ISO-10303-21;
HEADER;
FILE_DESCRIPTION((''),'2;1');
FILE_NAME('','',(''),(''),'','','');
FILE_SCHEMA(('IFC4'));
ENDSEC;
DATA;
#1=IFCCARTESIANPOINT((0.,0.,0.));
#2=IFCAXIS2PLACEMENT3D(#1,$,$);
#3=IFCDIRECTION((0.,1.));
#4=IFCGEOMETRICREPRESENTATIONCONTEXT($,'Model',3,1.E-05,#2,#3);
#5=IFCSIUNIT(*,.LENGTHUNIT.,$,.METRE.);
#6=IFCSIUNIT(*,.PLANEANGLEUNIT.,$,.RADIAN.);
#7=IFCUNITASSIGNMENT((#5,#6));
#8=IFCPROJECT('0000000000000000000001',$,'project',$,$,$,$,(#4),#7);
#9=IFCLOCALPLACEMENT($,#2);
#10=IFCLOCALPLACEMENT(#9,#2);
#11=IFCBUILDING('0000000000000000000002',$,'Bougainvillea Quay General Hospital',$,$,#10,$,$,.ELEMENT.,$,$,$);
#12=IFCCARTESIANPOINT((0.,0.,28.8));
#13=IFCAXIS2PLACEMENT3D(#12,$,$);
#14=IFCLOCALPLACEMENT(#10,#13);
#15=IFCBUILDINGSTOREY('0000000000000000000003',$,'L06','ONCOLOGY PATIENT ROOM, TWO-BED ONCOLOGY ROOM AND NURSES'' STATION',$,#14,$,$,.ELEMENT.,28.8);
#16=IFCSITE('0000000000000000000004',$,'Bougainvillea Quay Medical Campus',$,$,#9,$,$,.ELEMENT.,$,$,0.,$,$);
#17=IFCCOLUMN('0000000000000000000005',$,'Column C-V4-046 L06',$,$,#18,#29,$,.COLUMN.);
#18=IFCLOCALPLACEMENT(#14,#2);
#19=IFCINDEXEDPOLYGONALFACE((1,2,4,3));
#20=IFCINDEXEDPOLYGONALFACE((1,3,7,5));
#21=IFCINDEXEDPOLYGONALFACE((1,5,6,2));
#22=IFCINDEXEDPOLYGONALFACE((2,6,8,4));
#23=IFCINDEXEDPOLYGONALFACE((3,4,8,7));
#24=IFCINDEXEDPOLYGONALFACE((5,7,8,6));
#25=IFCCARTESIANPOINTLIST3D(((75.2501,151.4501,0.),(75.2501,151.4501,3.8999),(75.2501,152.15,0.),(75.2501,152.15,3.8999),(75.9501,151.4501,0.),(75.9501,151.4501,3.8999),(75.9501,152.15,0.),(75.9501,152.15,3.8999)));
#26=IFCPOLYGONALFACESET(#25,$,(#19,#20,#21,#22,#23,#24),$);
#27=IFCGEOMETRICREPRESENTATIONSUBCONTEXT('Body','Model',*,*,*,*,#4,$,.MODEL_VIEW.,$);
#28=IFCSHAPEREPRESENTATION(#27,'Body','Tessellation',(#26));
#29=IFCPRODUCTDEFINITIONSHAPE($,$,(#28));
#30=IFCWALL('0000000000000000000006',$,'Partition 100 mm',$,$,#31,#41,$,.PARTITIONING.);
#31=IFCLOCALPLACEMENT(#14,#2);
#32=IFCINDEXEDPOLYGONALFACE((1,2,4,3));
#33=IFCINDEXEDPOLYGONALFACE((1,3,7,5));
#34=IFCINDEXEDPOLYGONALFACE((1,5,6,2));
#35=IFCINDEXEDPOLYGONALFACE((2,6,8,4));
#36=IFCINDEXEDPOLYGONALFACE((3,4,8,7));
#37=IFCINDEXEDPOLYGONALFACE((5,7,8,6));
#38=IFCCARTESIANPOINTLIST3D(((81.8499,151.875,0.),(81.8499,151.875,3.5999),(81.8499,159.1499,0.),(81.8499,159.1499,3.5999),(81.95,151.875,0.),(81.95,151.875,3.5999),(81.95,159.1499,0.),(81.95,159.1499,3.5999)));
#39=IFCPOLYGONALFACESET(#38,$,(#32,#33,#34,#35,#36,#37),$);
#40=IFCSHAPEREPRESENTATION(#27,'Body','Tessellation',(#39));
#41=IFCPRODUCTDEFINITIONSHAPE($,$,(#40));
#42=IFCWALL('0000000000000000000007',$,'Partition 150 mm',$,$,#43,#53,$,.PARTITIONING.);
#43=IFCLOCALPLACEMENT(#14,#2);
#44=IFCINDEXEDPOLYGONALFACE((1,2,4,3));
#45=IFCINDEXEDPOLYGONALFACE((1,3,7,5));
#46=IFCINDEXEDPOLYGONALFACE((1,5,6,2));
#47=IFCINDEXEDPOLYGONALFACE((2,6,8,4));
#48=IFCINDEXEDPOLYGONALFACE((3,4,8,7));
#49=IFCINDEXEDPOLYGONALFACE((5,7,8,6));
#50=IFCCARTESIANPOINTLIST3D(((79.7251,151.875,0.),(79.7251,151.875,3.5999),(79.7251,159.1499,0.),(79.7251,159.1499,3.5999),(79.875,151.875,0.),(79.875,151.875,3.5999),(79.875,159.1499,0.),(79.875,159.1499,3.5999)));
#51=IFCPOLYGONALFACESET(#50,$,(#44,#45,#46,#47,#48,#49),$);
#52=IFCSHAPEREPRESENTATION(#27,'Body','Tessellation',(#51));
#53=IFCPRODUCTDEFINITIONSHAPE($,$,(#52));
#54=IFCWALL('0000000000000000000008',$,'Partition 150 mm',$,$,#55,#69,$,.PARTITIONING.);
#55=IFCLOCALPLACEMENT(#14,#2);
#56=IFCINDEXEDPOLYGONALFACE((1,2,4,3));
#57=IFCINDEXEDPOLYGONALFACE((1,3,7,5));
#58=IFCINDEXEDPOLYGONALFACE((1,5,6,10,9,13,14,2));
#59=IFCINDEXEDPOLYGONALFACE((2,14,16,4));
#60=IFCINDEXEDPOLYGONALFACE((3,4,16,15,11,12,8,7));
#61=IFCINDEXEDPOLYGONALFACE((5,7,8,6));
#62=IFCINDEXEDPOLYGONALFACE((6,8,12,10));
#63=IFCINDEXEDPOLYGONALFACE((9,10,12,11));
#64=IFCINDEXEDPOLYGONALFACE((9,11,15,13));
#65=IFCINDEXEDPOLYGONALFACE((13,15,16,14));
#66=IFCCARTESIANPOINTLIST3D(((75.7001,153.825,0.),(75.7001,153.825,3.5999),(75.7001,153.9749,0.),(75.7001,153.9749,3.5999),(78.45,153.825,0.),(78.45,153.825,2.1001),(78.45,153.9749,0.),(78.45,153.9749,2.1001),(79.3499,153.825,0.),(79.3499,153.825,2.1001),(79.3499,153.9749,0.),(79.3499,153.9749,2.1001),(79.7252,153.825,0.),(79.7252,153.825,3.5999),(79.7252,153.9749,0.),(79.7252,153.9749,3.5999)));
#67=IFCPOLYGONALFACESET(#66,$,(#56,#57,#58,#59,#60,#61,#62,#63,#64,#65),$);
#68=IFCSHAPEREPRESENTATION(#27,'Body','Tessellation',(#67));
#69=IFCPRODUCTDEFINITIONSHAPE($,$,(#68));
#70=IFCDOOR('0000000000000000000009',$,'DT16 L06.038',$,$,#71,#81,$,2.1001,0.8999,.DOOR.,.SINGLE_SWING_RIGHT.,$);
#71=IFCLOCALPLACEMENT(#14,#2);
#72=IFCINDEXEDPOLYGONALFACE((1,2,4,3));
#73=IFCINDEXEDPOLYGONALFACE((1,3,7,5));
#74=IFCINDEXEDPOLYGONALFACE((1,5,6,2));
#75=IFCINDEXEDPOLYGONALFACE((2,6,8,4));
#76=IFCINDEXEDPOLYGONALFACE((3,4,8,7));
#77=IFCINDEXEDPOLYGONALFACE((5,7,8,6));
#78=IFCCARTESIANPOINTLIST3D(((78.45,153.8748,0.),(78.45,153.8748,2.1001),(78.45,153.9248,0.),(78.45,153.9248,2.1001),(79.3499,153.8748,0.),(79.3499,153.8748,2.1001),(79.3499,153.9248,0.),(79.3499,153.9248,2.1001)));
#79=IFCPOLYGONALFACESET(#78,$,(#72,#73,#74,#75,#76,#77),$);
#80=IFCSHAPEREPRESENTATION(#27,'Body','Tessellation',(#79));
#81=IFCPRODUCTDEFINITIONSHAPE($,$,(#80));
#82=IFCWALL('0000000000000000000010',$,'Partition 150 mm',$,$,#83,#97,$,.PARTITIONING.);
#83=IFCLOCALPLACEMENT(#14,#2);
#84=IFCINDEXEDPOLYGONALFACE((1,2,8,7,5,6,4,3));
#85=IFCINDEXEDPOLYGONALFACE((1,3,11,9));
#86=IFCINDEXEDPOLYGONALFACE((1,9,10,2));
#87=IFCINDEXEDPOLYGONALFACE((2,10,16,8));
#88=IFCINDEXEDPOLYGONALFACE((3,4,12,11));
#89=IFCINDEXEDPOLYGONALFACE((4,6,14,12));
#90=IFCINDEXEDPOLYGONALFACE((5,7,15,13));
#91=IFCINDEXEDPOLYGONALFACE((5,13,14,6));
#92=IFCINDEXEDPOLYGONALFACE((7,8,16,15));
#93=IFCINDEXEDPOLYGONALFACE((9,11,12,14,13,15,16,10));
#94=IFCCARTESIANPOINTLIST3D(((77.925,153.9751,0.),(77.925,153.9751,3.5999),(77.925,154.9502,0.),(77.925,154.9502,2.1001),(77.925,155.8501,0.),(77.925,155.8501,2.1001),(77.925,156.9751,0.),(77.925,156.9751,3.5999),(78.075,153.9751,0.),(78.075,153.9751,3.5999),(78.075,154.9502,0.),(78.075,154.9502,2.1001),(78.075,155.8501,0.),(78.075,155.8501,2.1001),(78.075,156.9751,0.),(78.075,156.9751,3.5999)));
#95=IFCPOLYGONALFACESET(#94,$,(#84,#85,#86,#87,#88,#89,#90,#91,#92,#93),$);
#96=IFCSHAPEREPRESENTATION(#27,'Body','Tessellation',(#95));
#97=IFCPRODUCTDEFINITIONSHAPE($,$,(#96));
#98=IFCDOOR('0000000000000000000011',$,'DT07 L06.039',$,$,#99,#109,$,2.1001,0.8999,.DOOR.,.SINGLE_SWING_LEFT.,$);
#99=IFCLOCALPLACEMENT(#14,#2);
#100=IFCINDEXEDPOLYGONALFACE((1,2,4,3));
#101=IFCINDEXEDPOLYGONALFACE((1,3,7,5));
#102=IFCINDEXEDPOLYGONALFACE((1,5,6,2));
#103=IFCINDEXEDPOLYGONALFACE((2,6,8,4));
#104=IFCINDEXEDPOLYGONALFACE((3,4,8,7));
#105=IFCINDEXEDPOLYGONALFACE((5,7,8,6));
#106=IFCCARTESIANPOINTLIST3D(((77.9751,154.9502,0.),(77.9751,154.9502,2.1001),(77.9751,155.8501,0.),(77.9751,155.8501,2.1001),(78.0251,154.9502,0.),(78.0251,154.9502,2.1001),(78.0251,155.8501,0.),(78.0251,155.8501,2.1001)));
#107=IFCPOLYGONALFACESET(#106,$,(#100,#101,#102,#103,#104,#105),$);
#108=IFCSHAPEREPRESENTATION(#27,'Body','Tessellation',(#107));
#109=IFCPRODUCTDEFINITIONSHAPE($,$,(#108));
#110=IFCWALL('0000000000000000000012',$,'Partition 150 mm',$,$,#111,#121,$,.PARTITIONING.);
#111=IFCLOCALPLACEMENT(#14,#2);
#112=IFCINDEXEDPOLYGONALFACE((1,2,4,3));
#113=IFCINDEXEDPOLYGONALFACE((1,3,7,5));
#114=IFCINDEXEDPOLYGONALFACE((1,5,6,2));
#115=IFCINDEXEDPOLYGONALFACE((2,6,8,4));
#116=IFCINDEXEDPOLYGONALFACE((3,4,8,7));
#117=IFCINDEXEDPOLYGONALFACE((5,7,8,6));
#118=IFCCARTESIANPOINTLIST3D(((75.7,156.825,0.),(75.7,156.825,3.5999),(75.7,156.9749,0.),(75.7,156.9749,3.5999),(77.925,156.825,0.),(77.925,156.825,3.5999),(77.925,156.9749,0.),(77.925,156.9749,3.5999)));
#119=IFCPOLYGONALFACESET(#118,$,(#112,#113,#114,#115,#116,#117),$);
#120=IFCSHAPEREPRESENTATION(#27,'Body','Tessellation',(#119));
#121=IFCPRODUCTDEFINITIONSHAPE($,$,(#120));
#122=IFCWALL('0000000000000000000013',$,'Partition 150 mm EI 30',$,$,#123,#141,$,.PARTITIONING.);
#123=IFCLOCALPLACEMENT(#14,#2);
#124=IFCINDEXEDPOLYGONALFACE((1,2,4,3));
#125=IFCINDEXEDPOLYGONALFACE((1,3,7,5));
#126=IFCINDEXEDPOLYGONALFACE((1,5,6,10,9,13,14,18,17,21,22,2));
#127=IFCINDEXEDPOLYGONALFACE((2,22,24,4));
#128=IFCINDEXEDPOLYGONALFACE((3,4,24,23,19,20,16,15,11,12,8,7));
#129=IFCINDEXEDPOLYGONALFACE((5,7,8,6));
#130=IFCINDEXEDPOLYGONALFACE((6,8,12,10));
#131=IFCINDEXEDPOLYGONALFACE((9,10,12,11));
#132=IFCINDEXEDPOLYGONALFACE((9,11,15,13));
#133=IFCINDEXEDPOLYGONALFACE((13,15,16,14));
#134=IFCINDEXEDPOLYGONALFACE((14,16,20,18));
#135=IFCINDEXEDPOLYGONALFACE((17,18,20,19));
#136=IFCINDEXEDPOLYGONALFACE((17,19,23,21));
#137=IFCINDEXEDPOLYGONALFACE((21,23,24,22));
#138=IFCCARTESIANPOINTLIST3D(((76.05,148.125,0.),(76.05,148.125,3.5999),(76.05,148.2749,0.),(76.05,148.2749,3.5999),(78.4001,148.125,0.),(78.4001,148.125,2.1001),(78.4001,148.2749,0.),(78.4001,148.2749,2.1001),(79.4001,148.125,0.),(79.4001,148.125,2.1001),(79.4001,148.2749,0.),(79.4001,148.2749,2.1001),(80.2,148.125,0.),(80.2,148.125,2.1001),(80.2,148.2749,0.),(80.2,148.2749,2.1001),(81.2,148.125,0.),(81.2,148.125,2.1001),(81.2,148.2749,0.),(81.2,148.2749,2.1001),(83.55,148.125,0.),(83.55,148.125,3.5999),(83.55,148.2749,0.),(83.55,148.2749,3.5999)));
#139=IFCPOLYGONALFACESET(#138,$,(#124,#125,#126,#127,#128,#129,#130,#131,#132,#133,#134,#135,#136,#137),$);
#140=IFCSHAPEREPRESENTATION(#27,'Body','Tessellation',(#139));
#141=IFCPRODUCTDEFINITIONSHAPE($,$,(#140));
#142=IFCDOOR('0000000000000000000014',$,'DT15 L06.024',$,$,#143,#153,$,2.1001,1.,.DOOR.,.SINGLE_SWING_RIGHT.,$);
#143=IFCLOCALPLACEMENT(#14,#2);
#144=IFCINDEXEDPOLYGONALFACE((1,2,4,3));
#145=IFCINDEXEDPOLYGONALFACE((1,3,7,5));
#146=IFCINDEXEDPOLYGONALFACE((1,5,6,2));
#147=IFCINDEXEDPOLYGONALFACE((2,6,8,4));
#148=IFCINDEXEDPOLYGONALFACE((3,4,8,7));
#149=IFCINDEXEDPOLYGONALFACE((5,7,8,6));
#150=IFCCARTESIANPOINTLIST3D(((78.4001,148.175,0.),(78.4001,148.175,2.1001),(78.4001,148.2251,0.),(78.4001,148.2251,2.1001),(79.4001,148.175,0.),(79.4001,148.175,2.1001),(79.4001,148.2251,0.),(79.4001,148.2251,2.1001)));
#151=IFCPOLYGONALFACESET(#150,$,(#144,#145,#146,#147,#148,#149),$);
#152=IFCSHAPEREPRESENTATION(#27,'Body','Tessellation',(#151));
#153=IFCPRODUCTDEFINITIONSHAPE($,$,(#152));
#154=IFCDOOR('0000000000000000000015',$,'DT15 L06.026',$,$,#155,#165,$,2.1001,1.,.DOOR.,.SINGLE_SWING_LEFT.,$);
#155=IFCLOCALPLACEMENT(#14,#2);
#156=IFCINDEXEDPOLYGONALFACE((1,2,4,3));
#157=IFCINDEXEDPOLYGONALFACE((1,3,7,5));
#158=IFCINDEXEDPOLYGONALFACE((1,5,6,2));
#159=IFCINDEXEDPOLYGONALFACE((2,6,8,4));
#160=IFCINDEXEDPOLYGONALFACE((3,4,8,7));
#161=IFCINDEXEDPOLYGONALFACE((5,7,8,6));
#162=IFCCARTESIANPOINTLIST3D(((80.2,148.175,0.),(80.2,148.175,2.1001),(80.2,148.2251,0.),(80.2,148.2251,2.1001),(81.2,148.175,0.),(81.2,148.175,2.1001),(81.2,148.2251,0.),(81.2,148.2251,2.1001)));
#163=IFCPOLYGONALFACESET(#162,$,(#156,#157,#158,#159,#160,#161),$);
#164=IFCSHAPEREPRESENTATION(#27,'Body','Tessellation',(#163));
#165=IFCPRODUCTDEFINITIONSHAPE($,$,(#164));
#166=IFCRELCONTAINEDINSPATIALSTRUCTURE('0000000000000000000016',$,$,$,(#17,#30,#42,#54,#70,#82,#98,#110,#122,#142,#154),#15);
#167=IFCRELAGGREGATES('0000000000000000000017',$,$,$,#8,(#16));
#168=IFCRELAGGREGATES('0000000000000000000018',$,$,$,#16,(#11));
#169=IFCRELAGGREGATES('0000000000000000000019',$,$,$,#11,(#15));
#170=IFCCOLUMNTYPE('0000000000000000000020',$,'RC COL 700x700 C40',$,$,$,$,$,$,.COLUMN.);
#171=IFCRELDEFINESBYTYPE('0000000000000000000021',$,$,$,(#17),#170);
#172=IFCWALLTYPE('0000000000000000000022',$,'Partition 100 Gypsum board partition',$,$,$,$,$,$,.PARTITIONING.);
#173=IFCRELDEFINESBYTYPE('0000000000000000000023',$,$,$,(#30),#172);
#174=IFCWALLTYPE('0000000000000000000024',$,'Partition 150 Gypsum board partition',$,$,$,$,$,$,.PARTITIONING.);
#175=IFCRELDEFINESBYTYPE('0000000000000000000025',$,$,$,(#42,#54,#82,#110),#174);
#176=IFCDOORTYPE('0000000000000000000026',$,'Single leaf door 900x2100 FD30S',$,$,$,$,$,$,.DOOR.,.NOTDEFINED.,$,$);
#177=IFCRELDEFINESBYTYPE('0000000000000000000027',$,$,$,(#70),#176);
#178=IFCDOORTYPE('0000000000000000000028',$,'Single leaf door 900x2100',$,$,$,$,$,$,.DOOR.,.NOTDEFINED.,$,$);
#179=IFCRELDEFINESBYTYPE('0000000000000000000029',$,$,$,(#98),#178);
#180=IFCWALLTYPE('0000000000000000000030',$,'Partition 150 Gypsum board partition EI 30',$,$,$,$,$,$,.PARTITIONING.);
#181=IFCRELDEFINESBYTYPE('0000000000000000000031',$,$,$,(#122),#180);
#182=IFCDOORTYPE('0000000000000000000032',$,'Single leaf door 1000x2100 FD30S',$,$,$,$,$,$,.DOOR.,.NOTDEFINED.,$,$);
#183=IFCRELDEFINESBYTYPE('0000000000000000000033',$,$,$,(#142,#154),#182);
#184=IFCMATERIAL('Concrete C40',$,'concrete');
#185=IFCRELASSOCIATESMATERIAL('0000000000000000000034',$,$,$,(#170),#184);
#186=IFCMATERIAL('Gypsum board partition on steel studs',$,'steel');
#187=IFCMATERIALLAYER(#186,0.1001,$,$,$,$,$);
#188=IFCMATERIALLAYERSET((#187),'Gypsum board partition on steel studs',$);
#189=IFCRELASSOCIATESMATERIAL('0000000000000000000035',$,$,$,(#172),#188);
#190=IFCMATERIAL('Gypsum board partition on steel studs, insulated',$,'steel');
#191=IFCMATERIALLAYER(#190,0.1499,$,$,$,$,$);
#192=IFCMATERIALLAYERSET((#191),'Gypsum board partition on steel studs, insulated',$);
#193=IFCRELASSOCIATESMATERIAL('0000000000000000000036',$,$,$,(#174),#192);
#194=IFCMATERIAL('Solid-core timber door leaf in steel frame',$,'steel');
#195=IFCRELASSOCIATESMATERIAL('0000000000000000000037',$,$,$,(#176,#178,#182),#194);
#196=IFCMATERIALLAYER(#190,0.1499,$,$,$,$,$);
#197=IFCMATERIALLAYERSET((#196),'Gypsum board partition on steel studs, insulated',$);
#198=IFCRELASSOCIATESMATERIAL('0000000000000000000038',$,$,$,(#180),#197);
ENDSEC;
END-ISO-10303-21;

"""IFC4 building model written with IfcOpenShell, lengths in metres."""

from ifc_helpers import new_model, si_unit, direction, frame, frame_2d, origin, origin_2d, place, context, subcontext, project, spatial, rectangle, extrude, material, layer, layer_set, material_profile, profile_set, type_object, element, fill, save


model = new_model("IFC4")

# Units and contexts
model_context = context("Model", 3, precision=1e-05, world=origin(), true_north=direction((0.0, 1.0)))
body_context = subcontext(model_context, "Body", "Model", "MODEL_VIEW")
ifc_project = project(units=[si_unit("LENGTHUNIT", "METRE"), si_unit("PLANEANGLEUNIT", "RADIAN")], contexts=[model_context])

# Site, building, storey
site_placement = place(None, origin())
site = spatial("IfcSite", under=ifc_project, at=site_placement, Name="Bougainvillea Quay Medical Campus", CompositionType="ELEMENT", RefElevation=0.0)
building_placement = place(site_placement, origin())
building = spatial("IfcBuilding", under=site, at=building_placement, Name="Bougainvillea Quay General Hospital", CompositionType="ELEMENT")
storey_placement = place(building_placement, frame((0.0, 0.0, 28.8)))
storey = spatial("IfcBuildingStorey", under=building, at=storey_placement, Name="L06", Description="ONCOLOGY PATIENT ROOM, TWO-BED ONCOLOGY ROOM AND NURSES' STATION", CompositionType="ELEMENT", Elevation=28.8)

# Column
ifc_material_1 = material(Name="Concrete C40", Category="concrete")
ifc_material_profile = material_profile(ifc_material_1, rectangle(XDim=0.7, YDim=0.7, at=origin_2d()))
ifc_profile_set = profile_set([ifc_material_profile], Name="Concrete C40")
column_type = type_object("IfcColumnType", Name="RC COL 700x700 C40", PredefinedType="COLUMN", material=ifc_profile_set)
column_placement = place(storey_placement, frame((75.6001, 151.8, 0.0), z_axis=(0.0, 0.0, 1.0), x_axis=(1.0, 0.0, 0.0)))
element("IfcColumn", 1, at=column_placement, inside=storey, type_object=column_type, Name="Column C-V4-046 L06", PredefinedType="COLUMN", context=body_context, shape_type="SweptSolid", body=[
    extrude(rectangle(XDim=0.7, YDim=0.7, at=origin_2d()), origin(), (0.0, 0.0, 1.0), 3.8999),
])

# Walls
ifc_material_2 = material(Name="Gypsum board partition on steel studs", Category="steel")
ifc_layer_1 = layer(ifc_material_2, 0.1001)
ifc_layer_set_1 = layer_set([ifc_layer_1], Name="Gypsum board partition on steel studs")
wall_type_1 = type_object("IfcWallType", Name="Partition 100 Gypsum board partition", PredefinedType="PARTITIONING", material=ifc_layer_set_1)
wall_1_placement = place(storey_placement, frame((81.8999, 151.875, 0.0), z_axis=(0.0, 0.0, 1.0), x_axis=(0.0, 1.0, 0.0)))
element("IfcWall", 2, at=wall_1_placement, inside=storey, type_object=wall_type_1, Name="Partition 100 mm", PredefinedType="PARTITIONING", context=body_context, shape_type="SweptSolid", body=[
    extrude(rectangle(XDim=7.2749, YDim=0.1001, at=frame_2d((3.6375, 0.0))), origin(), (0.0, 0.0, 1.0), 3.5999),
])
ifc_material_3 = material(Name="Gypsum board partition on steel studs, insulated", Category="steel")
ifc_layer_2 = layer(ifc_material_3, 0.1499)
ifc_layer_set_2 = layer_set([ifc_layer_2], Name="Gypsum board partition on steel studs, insulated")
wall_type_2 = type_object("IfcWallType", Name="Partition 150 Gypsum board partition", PredefinedType="PARTITIONING", material=ifc_layer_set_2)
wall_2_placement = place(storey_placement, frame((79.8, 151.875, 0.0), z_axis=(0.0, 0.0, 1.0), x_axis=(0.0, 1.0, 0.0)))
element("IfcWall", 3, at=wall_2_placement, inside=storey, type_object=wall_type_2, Name="Partition 150 mm", PredefinedType="PARTITIONING", context=body_context, shape_type="SweptSolid", body=[
    extrude(rectangle(XDim=7.2749, YDim=0.1499, at=frame_2d((3.6375, 0.0))), origin(), (0.0, 0.0, 1.0), 3.5999),
])

# Walls, openings, doors
wall_3_placement = place(storey_placement, frame((75.7, 153.8999, 0.0), z_axis=(0.0, 0.0, 1.0), x_axis=(1.0, 0.0, 0.0)))
wall_3 = element("IfcWall", 4, at=wall_3_placement, inside=storey, type_object=wall_type_2, Name="Partition 150 mm", PredefinedType="PARTITIONING", context=body_context, shape_type="SweptSolid", body=[
    extrude(rectangle(XDim=4.0251, YDim=0.1499, at=frame_2d((2.0127, 0.0))), origin(), (0.0, 0.0, 1.0), 3.5999),
])
opening_1_placement = place(wall_3_placement, frame((2.75, 0.0, 0.0)))
opening_1 = element("IfcOpeningElement", 5, at=opening_1_placement, cuts=wall_3, PredefinedType="OPENING", context=body_context, shape_type="SweptSolid", body=[
    extrude(rectangle(XDim=0.8999, YDim=2.1001, at=frame_2d((0.45, 1.05))), frame((0.0, 0.085, 0.0), z_axis=(0.0, -1.0, 0.0), x_axis=(1.0, 0.0, 0.0)), (0.0, 0.0, 1.0), 0.1699),
])
ifc_material_4 = material(Name="Solid-core timber door leaf in steel frame", Category="steel")
door_type_1 = type_object("IfcDoorType", Name="Single leaf door 900x2100 FD30S", OperationType="NOTDEFINED", PredefinedType="DOOR", material=ifc_material_4)
door_1_placement = place(opening_1_placement, origin())
door_1 = element("IfcDoor", 6, at=door_1_placement, inside=storey, type_object=door_type_1, Name="DT16 L06.038", OperationType="SINGLE_SWING_RIGHT", OverallHeight=2.1001, OverallWidth=0.8999, PredefinedType="DOOR", context=body_context, shape_type="SweptSolid", body=[
    extrude(rectangle(XDim=0.8999, YDim=2.1001, at=frame_2d((0.45, 1.05))), frame((0.0, 0.0249, 0.0), z_axis=(0.0, -1.0, 0.0), x_axis=(1.0, 0.0, 0.0)), (0.0, 0.0, 1.0), 0.05),
])
fill(opening_1, door_1)
wall_4_placement = place(storey_placement, frame((78.0, 153.9751, 0.0), z_axis=(0.0, 0.0, 1.0), x_axis=(0.0, 1.0, 0.0)))
wall_4 = element("IfcWall", 7, at=wall_4_placement, inside=storey, type_object=wall_type_2, Name="Partition 150 mm", PredefinedType="PARTITIONING", context=body_context, shape_type="SweptSolid", body=[
    extrude(rectangle(XDim=3.0, YDim=0.1499, at=frame_2d((1.5, 0.0))), origin(), (0.0, 0.0, 1.0), 3.5999),
])
opening_2_placement = place(wall_4_placement, frame((0.9751, 0.0, 0.0)))
opening_2 = element("IfcOpeningElement", 8, at=opening_2_placement, cuts=wall_4, PredefinedType="OPENING", context=body_context, shape_type="SweptSolid", body=[
    extrude(rectangle(XDim=0.8999, YDim=2.1001, at=frame_2d((0.45, 1.05))), frame((0.0, 0.085, 0.0), z_axis=(0.0, -1.0, 0.0), x_axis=(1.0, 0.0, 0.0)), (0.0, 0.0, 1.0), 0.1699),
])
door_type_2 = type_object("IfcDoorType", Name="Single leaf door 900x2100", OperationType="NOTDEFINED", PredefinedType="DOOR", material=ifc_material_4)
door_2_placement = place(opening_2_placement, origin())
door_2 = element("IfcDoor", 9, at=door_2_placement, inside=storey, type_object=door_type_2, Name="DT07 L06.039", OperationType="SINGLE_SWING_LEFT", OverallHeight=2.1001, OverallWidth=0.8999, PredefinedType="DOOR", context=body_context, shape_type="SweptSolid", body=[
    extrude(rectangle(XDim=0.8999, YDim=2.1001, at=frame_2d((0.45, 1.05))), frame((0.0, 0.0249, 0.0), z_axis=(0.0, -1.0, 0.0), x_axis=(1.0, 0.0, 0.0)), (0.0, 0.0, 1.0), 0.05),
])
fill(opening_2, door_2)

# Wall
wall_5_placement = place(storey_placement, frame((75.7, 156.8999, 0.0), z_axis=(0.0, 0.0, 1.0), x_axis=(1.0, 0.0, 0.0)))
element("IfcWall", 10, at=wall_5_placement, inside=storey, type_object=wall_type_2, Name="Partition 150 mm", PredefinedType="PARTITIONING", context=body_context, shape_type="SweptSolid", body=[
    extrude(rectangle(XDim=2.2251, YDim=0.1499, at=frame_2d((1.1125, 0.0))), origin(), (0.0, 0.0, 1.0), 3.5999),
])

# Wall, openings, doors
ifc_layer_3 = layer(ifc_material_3, 0.1499)
ifc_layer_set_3 = layer_set([ifc_layer_3], Name="Gypsum board partition on steel studs, insulated")
wall_type_3 = type_object("IfcWallType", Name="Partition 150 Gypsum board partition EI 30", PredefinedType="PARTITIONING", material=ifc_layer_set_3)
wall_6_placement = place(storey_placement, frame((83.55, 148.2, 0.0), z_axis=(0.0, 0.0, 1.0), x_axis=(-1.0, 0.0, 0.0)))
wall_6 = element("IfcWall", 11, at=wall_6_placement, inside=storey, type_object=wall_type_3, Name="Partition 150 mm EI 30", PredefinedType="PARTITIONING", context=body_context, shape_type="SweptSolid", body=[
    extrude(rectangle(XDim=7.5, YDim=0.1499, at=frame_2d((3.75, 0.0))), origin(), (0.0, 0.0, 1.0), 3.5999),
])
opening_3_placement = place(wall_6_placement, frame((4.1499, 0.0, 0.0)))
opening_3 = element("IfcOpeningElement", 12, at=opening_3_placement, cuts=wall_6, PredefinedType="OPENING", context=body_context, shape_type="SweptSolid", body=[
    extrude(rectangle(XDim=1.0, YDim=2.1001, at=frame_2d((0.5, 1.05))), frame((0.0, 0.085, 0.0), z_axis=(0.0, -1.0, 0.0), x_axis=(1.0, 0.0, 0.0)), (0.0, 0.0, 1.0), 0.1699),
])
opening_4_placement = place(wall_6_placement, frame((2.3501, 0.0, 0.0)))
opening_4 = element("IfcOpeningElement", 13, at=opening_4_placement, cuts=wall_6, PredefinedType="OPENING", context=body_context, shape_type="SweptSolid", body=[
    extrude(rectangle(XDim=1.0, YDim=2.1001, at=frame_2d((0.5, 1.05))), frame((0.0, 0.085, 0.0), z_axis=(0.0, -1.0, 0.0), x_axis=(1.0, 0.0, 0.0)), (0.0, 0.0, 1.0), 0.1699),
])
door_type_3 = type_object("IfcDoorType", Name="Single leaf door 1000x2100 FD30S", OperationType="NOTDEFINED", PredefinedType="DOOR", material=ifc_material_4)
door_3_placement = place(opening_3_placement, origin())
door_3 = element("IfcDoor", 14, at=door_3_placement, inside=storey, type_object=door_type_3, Name="DT15 L06.024", OperationType="SINGLE_SWING_RIGHT", OverallHeight=2.1001, OverallWidth=1.0, PredefinedType="DOOR", context=body_context, shape_type="SweptSolid", body=[
    extrude(rectangle(XDim=1.0, YDim=2.1001, at=frame_2d((0.5, 1.05))), frame((0.0, 0.0249, 0.0), z_axis=(0.0, -1.0, 0.0), x_axis=(1.0, 0.0, 0.0)), (0.0, 0.0, 1.0), 0.05),
])
fill(opening_3, door_3)
door_4_placement = place(opening_4_placement, origin())
door_4 = element("IfcDoor", 15, at=door_4_placement, inside=storey, type_object=door_type_3, Name="DT15 L06.026", OperationType="SINGLE_SWING_LEFT", OverallHeight=2.1001, OverallWidth=1.0, PredefinedType="DOOR", context=body_context, shape_type="SweptSolid", body=[
    extrude(rectangle(XDim=1.0, YDim=2.1001, at=frame_2d((0.5, 1.05))), frame((0.0, 0.0249, 0.0), z_axis=(0.0, -1.0, 0.0), x_axis=(1.0, 0.0, 0.0)), (0.0, 0.0, 1.0), 0.05),
])
fill(opening_4, door_4)

save(model, "model.ifc")
